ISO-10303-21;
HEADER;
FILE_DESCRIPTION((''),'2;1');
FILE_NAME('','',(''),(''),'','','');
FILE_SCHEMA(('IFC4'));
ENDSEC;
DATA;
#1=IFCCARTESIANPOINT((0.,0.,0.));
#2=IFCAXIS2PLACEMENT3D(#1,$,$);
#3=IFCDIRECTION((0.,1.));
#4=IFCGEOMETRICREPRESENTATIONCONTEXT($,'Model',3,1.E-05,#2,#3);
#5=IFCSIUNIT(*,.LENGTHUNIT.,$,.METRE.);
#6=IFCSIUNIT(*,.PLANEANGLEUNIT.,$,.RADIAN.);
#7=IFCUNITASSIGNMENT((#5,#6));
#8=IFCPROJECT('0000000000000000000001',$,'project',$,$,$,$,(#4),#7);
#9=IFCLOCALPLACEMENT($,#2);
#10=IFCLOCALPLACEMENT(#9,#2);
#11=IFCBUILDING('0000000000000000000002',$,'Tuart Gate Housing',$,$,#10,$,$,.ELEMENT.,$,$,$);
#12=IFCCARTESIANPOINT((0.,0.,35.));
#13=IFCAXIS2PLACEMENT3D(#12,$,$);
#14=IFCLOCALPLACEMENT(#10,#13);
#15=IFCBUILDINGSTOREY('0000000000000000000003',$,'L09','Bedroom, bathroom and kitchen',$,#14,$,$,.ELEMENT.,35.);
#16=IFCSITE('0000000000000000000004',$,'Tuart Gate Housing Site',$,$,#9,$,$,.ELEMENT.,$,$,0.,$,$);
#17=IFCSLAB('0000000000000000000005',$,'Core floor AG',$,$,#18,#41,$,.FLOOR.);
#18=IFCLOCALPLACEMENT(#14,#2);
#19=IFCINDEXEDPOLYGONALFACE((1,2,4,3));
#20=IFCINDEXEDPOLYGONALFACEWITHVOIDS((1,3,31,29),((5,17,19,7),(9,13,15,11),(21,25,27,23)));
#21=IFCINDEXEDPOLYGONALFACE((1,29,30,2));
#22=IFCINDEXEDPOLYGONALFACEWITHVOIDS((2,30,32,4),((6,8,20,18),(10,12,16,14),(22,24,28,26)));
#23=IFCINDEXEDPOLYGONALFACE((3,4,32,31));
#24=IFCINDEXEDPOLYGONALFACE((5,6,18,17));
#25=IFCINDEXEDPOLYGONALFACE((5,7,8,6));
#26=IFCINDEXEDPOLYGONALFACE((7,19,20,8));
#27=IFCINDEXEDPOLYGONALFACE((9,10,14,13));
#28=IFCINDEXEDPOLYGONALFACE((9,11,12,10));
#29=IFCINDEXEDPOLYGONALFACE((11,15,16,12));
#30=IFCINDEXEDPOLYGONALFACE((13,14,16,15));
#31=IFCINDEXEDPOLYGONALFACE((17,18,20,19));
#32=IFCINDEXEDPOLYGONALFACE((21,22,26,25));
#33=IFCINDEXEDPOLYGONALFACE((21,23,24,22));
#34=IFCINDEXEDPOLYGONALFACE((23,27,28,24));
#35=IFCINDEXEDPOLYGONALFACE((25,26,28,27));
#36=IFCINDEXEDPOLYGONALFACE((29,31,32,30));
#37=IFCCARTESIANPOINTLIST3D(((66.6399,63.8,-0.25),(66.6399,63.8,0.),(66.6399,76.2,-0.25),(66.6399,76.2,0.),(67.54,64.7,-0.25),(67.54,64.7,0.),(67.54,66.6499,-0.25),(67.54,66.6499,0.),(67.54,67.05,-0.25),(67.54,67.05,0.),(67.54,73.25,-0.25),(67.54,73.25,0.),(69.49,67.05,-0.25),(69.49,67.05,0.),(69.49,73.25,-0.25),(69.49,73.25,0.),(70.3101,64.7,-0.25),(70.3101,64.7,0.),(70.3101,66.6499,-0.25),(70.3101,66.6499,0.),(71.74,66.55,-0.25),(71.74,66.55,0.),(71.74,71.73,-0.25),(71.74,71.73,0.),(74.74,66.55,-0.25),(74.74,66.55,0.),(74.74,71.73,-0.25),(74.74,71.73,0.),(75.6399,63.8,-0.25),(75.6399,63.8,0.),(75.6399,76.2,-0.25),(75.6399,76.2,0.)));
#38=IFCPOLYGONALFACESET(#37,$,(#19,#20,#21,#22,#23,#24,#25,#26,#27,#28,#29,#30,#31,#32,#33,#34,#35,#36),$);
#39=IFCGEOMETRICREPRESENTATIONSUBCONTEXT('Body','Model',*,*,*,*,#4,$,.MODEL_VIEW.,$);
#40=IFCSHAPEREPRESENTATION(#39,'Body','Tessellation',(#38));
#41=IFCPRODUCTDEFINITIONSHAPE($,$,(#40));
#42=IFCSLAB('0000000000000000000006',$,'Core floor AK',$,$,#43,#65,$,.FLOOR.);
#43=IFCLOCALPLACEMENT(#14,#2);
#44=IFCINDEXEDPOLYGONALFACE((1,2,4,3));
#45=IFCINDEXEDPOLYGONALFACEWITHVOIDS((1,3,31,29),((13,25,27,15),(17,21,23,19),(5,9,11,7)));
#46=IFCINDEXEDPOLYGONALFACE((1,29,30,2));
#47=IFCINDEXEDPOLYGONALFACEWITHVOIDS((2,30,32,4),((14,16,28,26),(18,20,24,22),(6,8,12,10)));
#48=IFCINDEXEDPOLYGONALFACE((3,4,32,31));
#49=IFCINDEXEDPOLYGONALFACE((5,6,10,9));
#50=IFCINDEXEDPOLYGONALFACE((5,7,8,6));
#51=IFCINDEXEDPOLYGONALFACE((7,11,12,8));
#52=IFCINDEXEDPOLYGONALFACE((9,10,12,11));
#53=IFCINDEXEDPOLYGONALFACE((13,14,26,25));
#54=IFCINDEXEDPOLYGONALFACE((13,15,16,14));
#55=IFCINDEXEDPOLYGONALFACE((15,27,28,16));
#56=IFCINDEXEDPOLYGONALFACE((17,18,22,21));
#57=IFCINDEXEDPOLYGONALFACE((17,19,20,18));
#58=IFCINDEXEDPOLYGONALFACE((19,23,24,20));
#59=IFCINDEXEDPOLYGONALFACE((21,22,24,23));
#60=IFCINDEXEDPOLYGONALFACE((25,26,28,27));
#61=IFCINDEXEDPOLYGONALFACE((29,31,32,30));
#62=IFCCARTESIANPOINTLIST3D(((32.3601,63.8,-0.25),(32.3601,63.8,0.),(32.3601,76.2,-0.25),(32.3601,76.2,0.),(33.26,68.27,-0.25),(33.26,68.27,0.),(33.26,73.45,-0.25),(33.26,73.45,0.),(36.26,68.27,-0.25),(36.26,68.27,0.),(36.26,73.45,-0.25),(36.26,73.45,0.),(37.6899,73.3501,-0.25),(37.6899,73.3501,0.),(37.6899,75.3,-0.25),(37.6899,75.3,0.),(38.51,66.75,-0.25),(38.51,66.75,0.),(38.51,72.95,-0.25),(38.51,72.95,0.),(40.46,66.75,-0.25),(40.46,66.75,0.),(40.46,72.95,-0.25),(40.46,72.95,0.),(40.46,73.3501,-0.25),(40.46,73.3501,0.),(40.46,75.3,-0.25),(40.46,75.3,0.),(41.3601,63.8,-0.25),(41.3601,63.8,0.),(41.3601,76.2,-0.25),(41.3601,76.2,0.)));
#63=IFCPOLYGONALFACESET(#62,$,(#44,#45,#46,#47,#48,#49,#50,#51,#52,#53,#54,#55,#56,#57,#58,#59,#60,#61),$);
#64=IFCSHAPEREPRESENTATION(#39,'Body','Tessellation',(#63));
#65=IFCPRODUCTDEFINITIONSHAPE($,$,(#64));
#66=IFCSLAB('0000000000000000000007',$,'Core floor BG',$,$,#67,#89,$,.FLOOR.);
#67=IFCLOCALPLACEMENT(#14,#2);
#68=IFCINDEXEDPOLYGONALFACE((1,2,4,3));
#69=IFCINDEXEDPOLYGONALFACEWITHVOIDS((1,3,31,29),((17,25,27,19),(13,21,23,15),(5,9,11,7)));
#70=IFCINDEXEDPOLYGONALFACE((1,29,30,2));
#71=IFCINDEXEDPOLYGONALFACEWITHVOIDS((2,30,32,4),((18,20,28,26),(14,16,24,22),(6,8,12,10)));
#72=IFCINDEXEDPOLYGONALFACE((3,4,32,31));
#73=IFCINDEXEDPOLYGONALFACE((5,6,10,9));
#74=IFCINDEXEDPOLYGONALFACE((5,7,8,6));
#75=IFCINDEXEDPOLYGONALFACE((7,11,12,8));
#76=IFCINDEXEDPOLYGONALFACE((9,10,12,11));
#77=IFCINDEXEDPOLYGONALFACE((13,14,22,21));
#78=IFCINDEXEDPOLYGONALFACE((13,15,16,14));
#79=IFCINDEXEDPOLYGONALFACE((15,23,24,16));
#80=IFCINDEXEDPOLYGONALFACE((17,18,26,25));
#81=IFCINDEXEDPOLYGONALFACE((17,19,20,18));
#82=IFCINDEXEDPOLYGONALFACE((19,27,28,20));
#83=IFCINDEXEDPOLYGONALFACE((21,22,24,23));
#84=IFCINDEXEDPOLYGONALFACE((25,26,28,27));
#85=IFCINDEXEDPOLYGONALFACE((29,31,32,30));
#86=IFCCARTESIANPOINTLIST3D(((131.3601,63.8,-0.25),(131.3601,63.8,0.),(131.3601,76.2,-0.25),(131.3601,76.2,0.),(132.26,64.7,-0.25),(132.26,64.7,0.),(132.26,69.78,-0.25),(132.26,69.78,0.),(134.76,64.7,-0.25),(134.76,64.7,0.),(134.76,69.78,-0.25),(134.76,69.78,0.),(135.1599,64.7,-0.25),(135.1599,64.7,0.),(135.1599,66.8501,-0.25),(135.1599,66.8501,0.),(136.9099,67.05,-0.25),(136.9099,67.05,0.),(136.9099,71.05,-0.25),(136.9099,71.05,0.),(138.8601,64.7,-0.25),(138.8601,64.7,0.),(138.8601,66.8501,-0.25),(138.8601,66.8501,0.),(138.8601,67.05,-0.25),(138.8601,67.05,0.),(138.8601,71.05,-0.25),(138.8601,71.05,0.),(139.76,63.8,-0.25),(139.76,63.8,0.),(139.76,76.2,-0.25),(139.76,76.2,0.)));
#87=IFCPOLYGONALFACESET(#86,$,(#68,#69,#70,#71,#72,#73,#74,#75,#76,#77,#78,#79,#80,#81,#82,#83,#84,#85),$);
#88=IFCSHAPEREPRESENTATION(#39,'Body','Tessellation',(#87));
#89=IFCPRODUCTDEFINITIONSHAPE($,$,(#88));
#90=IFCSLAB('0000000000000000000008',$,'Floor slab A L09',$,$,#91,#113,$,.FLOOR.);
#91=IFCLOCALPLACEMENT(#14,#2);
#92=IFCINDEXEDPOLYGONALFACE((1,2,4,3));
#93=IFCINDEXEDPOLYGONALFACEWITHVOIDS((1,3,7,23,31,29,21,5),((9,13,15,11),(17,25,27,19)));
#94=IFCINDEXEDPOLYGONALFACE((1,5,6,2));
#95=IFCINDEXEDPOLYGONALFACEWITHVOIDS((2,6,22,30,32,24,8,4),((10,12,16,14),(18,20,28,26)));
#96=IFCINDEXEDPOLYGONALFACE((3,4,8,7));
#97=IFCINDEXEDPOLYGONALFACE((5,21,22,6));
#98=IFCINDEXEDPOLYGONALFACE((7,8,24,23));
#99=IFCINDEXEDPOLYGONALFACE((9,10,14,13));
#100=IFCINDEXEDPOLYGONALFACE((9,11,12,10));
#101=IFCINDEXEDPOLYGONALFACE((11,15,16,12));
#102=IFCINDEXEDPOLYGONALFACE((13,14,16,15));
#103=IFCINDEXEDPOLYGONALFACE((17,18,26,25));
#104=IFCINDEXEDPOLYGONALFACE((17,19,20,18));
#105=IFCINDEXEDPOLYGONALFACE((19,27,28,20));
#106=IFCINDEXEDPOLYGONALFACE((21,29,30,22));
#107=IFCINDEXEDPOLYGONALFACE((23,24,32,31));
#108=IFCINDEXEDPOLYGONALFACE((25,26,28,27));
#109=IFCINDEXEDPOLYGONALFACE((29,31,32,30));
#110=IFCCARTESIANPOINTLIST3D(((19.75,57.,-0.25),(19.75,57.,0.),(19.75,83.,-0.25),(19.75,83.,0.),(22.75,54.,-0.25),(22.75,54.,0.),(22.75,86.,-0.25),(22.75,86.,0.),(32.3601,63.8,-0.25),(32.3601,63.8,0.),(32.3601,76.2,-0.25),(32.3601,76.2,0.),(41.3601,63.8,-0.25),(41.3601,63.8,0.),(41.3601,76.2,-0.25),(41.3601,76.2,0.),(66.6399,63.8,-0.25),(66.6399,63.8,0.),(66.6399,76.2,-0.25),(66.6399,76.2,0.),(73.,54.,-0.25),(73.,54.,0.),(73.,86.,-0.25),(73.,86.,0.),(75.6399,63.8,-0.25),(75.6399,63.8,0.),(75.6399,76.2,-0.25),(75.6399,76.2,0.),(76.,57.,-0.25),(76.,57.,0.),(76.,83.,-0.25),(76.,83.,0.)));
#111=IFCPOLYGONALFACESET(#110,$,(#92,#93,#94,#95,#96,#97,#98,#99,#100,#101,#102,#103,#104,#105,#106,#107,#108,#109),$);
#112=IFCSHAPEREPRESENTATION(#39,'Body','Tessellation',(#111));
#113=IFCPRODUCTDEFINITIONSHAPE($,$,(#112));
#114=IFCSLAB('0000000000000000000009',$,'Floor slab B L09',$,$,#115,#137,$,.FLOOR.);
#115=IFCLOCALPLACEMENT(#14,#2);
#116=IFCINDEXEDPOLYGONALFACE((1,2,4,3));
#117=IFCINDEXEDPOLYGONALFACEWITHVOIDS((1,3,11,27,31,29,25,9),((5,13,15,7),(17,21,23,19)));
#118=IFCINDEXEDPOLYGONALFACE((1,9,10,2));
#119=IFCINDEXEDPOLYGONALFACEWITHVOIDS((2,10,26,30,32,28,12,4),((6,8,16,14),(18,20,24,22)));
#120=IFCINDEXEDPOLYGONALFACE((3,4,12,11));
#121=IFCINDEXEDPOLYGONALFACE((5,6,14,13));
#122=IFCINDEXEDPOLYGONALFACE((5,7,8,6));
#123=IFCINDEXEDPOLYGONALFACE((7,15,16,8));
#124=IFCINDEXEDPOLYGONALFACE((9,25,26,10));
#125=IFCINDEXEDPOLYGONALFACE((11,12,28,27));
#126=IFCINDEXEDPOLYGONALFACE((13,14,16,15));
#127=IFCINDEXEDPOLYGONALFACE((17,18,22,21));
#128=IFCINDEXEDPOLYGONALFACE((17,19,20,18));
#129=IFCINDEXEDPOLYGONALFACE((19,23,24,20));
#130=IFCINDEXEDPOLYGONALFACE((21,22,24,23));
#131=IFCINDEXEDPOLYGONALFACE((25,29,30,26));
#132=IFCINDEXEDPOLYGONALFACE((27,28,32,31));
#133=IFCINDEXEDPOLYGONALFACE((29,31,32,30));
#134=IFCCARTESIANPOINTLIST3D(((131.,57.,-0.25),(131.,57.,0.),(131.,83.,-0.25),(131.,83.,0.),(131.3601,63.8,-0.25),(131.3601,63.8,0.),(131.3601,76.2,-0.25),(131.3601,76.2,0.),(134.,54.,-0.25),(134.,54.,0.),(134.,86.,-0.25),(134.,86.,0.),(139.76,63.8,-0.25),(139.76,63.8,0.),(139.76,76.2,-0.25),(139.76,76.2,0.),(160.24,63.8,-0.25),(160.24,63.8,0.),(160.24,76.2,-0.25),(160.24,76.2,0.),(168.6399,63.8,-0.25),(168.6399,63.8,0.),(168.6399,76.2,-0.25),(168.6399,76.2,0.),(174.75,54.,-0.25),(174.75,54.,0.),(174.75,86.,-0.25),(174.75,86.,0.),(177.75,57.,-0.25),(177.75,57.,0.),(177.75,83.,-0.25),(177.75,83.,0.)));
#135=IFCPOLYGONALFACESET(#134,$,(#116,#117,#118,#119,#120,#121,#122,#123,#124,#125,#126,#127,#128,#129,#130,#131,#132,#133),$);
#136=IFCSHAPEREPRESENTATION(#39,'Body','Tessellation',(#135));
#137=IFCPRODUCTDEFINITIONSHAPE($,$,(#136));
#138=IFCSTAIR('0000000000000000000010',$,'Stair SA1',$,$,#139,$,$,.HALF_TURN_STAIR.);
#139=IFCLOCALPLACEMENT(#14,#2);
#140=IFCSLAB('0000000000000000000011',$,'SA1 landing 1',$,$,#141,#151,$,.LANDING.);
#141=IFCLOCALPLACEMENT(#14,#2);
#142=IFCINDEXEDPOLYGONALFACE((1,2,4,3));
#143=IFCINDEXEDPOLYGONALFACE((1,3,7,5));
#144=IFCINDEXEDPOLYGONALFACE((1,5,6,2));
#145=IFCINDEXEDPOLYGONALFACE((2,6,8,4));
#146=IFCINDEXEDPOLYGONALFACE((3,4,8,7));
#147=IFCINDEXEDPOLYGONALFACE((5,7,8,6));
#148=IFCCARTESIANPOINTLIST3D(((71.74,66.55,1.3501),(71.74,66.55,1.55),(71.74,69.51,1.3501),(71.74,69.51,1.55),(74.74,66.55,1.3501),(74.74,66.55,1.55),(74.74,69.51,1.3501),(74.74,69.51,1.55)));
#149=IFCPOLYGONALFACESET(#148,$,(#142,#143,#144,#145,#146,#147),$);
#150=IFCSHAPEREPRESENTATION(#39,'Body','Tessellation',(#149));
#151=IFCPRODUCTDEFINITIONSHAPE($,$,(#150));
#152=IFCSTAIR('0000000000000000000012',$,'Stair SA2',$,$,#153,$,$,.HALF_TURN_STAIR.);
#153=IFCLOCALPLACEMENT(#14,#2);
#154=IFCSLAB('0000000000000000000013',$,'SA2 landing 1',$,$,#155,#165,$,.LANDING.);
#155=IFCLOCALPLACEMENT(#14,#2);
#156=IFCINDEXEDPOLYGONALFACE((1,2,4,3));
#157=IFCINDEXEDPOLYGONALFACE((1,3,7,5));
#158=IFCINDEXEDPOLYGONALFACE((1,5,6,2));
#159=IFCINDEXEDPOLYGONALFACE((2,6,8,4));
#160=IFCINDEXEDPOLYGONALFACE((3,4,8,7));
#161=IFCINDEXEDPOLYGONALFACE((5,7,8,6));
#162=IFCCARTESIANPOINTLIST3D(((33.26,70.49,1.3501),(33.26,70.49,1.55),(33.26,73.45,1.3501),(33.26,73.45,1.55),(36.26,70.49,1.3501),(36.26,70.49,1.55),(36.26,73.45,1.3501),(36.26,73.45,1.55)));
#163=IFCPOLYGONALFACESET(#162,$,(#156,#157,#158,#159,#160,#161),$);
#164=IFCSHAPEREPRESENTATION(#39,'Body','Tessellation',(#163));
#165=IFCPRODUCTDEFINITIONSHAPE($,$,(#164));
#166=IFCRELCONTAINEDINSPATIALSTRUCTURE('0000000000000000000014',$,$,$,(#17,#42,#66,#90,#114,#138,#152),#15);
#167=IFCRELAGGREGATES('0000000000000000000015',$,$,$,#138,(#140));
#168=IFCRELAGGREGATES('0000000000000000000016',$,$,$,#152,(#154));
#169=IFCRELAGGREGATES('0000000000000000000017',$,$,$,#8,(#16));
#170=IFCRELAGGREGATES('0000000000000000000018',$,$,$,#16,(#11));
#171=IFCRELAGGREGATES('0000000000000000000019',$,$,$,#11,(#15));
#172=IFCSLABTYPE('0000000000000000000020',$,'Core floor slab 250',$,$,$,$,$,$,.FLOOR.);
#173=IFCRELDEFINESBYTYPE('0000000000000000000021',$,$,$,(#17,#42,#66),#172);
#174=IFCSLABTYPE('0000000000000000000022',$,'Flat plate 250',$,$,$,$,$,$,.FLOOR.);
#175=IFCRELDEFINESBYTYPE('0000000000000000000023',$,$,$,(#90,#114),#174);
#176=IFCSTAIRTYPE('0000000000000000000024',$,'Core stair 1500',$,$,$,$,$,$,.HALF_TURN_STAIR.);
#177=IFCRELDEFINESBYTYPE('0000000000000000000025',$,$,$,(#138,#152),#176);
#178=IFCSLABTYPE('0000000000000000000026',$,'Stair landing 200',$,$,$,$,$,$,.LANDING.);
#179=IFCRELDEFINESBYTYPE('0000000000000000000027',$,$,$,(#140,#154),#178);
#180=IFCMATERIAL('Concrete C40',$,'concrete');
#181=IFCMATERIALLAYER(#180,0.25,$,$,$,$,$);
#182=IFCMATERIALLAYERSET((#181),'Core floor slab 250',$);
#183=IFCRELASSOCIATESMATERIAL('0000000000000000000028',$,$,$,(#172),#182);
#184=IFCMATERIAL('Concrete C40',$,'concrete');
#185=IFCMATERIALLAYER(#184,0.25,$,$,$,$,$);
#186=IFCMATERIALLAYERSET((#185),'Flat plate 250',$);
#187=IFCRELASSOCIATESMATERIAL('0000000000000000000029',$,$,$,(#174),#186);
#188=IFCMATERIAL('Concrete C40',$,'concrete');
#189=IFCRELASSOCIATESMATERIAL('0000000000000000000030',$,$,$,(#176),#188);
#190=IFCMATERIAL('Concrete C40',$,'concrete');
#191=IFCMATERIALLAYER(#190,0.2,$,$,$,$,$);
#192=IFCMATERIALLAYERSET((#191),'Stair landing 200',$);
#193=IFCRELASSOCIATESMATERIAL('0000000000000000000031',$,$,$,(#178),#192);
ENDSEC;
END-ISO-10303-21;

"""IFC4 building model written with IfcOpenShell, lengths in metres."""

from ifc_helpers import new_model, si_unit, direction, frame, origin, place, context, subcontext, project, spatial, polyline, outline, extrude, material, layer, layer_set, type_object, element, aggregate, save


model = new_model("IFC4")

# Units and contexts
model_context = context("Model", 3, precision=1e-05, world=origin(), true_north=direction((0.0, 1.0)))
body_context = subcontext(model_context, "Body", "Model", "MODEL_VIEW")
ifc_project = project(units=[si_unit("LENGTHUNIT", "METRE"), si_unit("PLANEANGLEUNIT", "RADIAN")], contexts=[model_context])

# Site, building, storey
site_placement = place(None, origin())
site = spatial("IfcSite", under=ifc_project, at=site_placement, Name="Tuart Gate Housing Site", CompositionType="ELEMENT", RefElevation=0.0)
building_placement = place(site_placement, origin())
building = spatial("IfcBuilding", under=site, at=building_placement, Name="Tuart Gate Housing", CompositionType="ELEMENT")
storey_placement = place(building_placement, frame((0.0, 0.0, 35.0)))
storey = spatial("IfcBuildingStorey", under=building, at=storey_placement, Name="L09", Description="Bedroom, bathroom and kitchen", CompositionType="ELEMENT", Elevation=35.0)

# Slabs
ifc_material_1 = material(Name="Concrete C40", Category="concrete")
ifc_layer_1 = layer(ifc_material_1, 0.25)
ifc_layer_set_1 = layer_set([ifc_layer_1], Name="Core floor slab 250")
slab_type_1 = type_object("IfcSlabType", Name="Core floor slab 250", PredefinedType="FLOOR", material=ifc_layer_set_1)
slab_1_placement = place(storey_placement, frame((0.0, 0.0, -0.25)))
element("IfcSlab", 1, at=slab_1_placement, inside=storey, type_object=slab_type_1, Name="Core floor AG", PredefinedType="FLOOR", context=body_context, shape_type="SweptSolid", body=[
    extrude(outline(polyline([(66.6399, 63.8), (75.6399, 63.8), (75.6399, 76.2), (66.6399, 76.2), (66.6399, 63.8)]), holes=[polyline([(67.54, 64.7), (70.3101, 64.7), (70.3101, 66.6499), (67.54, 66.6499), (67.54, 64.7)]), polyline([(67.54, 67.05), (69.49, 67.05), (69.49, 73.25), (67.54, 73.25), (67.54, 67.05)]), polyline([(71.74, 66.55), (74.74, 66.55), (74.74, 71.73), (71.74, 71.73), (71.74, 66.55)])]), origin(), (0.0, 0.0, 1.0), 0.25),
])
slab_2_placement = place(storey_placement, frame((0.0, 0.0, -0.25)))
element("IfcSlab", 2, at=slab_2_placement, inside=storey, type_object=slab_type_1, Name="Core floor AK", PredefinedType="FLOOR", context=body_context, shape_type="SweptSolid", body=[
    extrude(outline(polyline([(32.3601, 63.8), (41.3601, 63.8), (41.3601, 76.2), (32.3601, 76.2), (32.3601, 63.8)]), holes=[polyline([(40.46, 75.3), (37.6899, 75.3), (37.6899, 73.3501), (40.46, 73.3501), (40.46, 75.3)]), polyline([(40.46, 72.95), (38.51, 72.95), (38.51, 66.75), (40.46, 66.75), (40.46, 72.95)]), polyline([(36.26, 73.45), (33.26, 73.45), (33.26, 68.27), (36.26, 68.27), (36.26, 73.45)])]), origin(), (0.0, 0.0, 1.0), 0.25),
])
slab_3_placement = place(storey_placement, frame((0.0, 0.0, -0.25)))
element("IfcSlab", 3, at=slab_3_placement, inside=storey, type_object=slab_type_1, Name="Core floor BG", PredefinedType="FLOOR", context=body_context, shape_type="SweptSolid", body=[
    extrude(outline(polyline([(131.3601, 63.8), (139.76, 63.8), (139.76, 76.2), (131.3601, 76.2), (131.3601, 63.8)]), holes=[polyline([(138.8601, 66.8501), (135.1599, 66.8501), (135.1599, 64.7), (138.8601, 64.7), (138.8601, 66.8501)]), polyline([(138.8601, 71.05), (136.9099, 71.05), (136.9099, 67.05), (138.8601, 67.05), (138.8601, 71.05)]), polyline([(134.76, 69.78), (132.26, 69.78), (132.26, 64.7), (134.76, 64.7), (134.76, 69.78)])]), origin(), (0.0, 0.0, 1.0), 0.25),
])
ifc_material_2 = material(Name="Concrete C40", Category="concrete")
ifc_layer_2 = layer(ifc_material_2, 0.25)
ifc_layer_set_2 = layer_set([ifc_layer_2], Name="Flat plate 250")
slab_type_2 = type_object("IfcSlabType", Name="Flat plate 250", PredefinedType="FLOOR", material=ifc_layer_set_2)
slab_4_placement = place(storey_placement, frame((0.0, 0.0, -0.25)))
element("IfcSlab", 4, at=slab_4_placement, inside=storey, type_object=slab_type_2, Name="Floor slab A L09", PredefinedType="FLOOR", context=body_context, shape_type="SweptSolid", body=[
    extrude(outline(polyline([(22.75, 86.0), (19.75, 83.0), (19.75, 57.0), (22.75, 54.0), (73.0, 54.0), (76.0, 57.0), (76.0, 83.0), (73.0, 86.0), (22.75, 86.0)]), holes=[polyline([(66.6399, 76.2), (75.6399, 76.2), (75.6399, 63.8), (66.6399, 63.8), (66.6399, 76.2)]), polyline([(41.3601, 76.2), (41.3601, 63.8), (32.3601, 63.8), (32.3601, 76.2), (41.3601, 76.2)])]), origin(), (0.0, 0.0, 1.0), 0.25),
])
slab_5_placement = place(storey_placement, frame((0.0, 0.0, -0.25)))
element("IfcSlab", 5, at=slab_5_placement, inside=storey, type_object=slab_type_2, Name="Floor slab B L09", PredefinedType="FLOOR", context=body_context, shape_type="SweptSolid", body=[
    extrude(outline(polyline([(134.0, 86.0), (131.0, 83.0), (131.0, 57.0), (134.0, 54.0), (174.75, 54.0), (177.75, 57.0), (177.75, 83.0), (174.75, 86.0), (134.0, 86.0)]), holes=[polyline([(131.3601, 76.2), (139.76, 76.2), (139.76, 63.8), (131.3601, 63.8), (131.3601, 76.2)]), polyline([(168.6399, 76.2), (168.6399, 63.8), (160.24, 63.8), (160.24, 76.2), (168.6399, 76.2)])]), origin(), (0.0, 0.0, 1.0), 0.25),
])

# Stairs, slabs
ifc_material_3 = material(Name="Concrete C40", Category="concrete")
stair_type = type_object("IfcStairType", Name="Core stair 1500", PredefinedType="HALF_TURN_STAIR", material=ifc_material_3)
stair_1_placement = place(storey_placement, origin())
stair_1 = element("IfcStair", 6, at=stair_1_placement, inside=storey, type_object=stair_type, Name="Stair SA1", PredefinedType="HALF_TURN_STAIR")
ifc_material_4 = material(Name="Concrete C40", Category="concrete")
ifc_layer_3 = layer(ifc_material_4, 0.2)
ifc_layer_set_3 = layer_set([ifc_layer_3], Name="Stair landing 200")
slab_type_3 = type_object("IfcSlabType", Name="Stair landing 200", PredefinedType="LANDING", material=ifc_layer_set_3)
slab_6_placement = place(storey_placement, frame((0.0, 0.0, 1.3501)))
slab_6 = element("IfcSlab", 7, at=slab_6_placement, type_object=slab_type_3, Name="SA1 landing 1", PredefinedType="LANDING", context=body_context, shape_type="SweptSolid", body=[
    extrude(outline(polyline([(71.74, 66.55), (74.74, 66.55), (74.74, 69.51), (71.74, 69.51), (71.74, 66.55)])), origin(), (0.0, 0.0, 1.0), 0.2),
])
aggregate(stair_1, [slab_6])
stair_2_placement = place(storey_placement, origin())
stair_2 = element("IfcStair", 8, at=stair_2_placement, inside=storey, type_object=stair_type, Name="Stair SA2", PredefinedType="HALF_TURN_STAIR")
slab_7_placement = place(storey_placement, frame((0.0, 0.0, 1.3501)))
slab_7 = element("IfcSlab", 9, at=slab_7_placement, type_object=slab_type_3, Name="SA2 landing 1", PredefinedType="LANDING", context=body_context, shape_type="SweptSolid", body=[
    extrude(outline(polyline([(36.26, 73.45), (33.26, 73.45), (33.26, 70.49), (36.26, 70.49), (36.26, 73.45)])), origin(), (0.0, 0.0, 1.0), 0.2),
])
aggregate(stair_2, [slab_7])

save(model, "model.ifc")
